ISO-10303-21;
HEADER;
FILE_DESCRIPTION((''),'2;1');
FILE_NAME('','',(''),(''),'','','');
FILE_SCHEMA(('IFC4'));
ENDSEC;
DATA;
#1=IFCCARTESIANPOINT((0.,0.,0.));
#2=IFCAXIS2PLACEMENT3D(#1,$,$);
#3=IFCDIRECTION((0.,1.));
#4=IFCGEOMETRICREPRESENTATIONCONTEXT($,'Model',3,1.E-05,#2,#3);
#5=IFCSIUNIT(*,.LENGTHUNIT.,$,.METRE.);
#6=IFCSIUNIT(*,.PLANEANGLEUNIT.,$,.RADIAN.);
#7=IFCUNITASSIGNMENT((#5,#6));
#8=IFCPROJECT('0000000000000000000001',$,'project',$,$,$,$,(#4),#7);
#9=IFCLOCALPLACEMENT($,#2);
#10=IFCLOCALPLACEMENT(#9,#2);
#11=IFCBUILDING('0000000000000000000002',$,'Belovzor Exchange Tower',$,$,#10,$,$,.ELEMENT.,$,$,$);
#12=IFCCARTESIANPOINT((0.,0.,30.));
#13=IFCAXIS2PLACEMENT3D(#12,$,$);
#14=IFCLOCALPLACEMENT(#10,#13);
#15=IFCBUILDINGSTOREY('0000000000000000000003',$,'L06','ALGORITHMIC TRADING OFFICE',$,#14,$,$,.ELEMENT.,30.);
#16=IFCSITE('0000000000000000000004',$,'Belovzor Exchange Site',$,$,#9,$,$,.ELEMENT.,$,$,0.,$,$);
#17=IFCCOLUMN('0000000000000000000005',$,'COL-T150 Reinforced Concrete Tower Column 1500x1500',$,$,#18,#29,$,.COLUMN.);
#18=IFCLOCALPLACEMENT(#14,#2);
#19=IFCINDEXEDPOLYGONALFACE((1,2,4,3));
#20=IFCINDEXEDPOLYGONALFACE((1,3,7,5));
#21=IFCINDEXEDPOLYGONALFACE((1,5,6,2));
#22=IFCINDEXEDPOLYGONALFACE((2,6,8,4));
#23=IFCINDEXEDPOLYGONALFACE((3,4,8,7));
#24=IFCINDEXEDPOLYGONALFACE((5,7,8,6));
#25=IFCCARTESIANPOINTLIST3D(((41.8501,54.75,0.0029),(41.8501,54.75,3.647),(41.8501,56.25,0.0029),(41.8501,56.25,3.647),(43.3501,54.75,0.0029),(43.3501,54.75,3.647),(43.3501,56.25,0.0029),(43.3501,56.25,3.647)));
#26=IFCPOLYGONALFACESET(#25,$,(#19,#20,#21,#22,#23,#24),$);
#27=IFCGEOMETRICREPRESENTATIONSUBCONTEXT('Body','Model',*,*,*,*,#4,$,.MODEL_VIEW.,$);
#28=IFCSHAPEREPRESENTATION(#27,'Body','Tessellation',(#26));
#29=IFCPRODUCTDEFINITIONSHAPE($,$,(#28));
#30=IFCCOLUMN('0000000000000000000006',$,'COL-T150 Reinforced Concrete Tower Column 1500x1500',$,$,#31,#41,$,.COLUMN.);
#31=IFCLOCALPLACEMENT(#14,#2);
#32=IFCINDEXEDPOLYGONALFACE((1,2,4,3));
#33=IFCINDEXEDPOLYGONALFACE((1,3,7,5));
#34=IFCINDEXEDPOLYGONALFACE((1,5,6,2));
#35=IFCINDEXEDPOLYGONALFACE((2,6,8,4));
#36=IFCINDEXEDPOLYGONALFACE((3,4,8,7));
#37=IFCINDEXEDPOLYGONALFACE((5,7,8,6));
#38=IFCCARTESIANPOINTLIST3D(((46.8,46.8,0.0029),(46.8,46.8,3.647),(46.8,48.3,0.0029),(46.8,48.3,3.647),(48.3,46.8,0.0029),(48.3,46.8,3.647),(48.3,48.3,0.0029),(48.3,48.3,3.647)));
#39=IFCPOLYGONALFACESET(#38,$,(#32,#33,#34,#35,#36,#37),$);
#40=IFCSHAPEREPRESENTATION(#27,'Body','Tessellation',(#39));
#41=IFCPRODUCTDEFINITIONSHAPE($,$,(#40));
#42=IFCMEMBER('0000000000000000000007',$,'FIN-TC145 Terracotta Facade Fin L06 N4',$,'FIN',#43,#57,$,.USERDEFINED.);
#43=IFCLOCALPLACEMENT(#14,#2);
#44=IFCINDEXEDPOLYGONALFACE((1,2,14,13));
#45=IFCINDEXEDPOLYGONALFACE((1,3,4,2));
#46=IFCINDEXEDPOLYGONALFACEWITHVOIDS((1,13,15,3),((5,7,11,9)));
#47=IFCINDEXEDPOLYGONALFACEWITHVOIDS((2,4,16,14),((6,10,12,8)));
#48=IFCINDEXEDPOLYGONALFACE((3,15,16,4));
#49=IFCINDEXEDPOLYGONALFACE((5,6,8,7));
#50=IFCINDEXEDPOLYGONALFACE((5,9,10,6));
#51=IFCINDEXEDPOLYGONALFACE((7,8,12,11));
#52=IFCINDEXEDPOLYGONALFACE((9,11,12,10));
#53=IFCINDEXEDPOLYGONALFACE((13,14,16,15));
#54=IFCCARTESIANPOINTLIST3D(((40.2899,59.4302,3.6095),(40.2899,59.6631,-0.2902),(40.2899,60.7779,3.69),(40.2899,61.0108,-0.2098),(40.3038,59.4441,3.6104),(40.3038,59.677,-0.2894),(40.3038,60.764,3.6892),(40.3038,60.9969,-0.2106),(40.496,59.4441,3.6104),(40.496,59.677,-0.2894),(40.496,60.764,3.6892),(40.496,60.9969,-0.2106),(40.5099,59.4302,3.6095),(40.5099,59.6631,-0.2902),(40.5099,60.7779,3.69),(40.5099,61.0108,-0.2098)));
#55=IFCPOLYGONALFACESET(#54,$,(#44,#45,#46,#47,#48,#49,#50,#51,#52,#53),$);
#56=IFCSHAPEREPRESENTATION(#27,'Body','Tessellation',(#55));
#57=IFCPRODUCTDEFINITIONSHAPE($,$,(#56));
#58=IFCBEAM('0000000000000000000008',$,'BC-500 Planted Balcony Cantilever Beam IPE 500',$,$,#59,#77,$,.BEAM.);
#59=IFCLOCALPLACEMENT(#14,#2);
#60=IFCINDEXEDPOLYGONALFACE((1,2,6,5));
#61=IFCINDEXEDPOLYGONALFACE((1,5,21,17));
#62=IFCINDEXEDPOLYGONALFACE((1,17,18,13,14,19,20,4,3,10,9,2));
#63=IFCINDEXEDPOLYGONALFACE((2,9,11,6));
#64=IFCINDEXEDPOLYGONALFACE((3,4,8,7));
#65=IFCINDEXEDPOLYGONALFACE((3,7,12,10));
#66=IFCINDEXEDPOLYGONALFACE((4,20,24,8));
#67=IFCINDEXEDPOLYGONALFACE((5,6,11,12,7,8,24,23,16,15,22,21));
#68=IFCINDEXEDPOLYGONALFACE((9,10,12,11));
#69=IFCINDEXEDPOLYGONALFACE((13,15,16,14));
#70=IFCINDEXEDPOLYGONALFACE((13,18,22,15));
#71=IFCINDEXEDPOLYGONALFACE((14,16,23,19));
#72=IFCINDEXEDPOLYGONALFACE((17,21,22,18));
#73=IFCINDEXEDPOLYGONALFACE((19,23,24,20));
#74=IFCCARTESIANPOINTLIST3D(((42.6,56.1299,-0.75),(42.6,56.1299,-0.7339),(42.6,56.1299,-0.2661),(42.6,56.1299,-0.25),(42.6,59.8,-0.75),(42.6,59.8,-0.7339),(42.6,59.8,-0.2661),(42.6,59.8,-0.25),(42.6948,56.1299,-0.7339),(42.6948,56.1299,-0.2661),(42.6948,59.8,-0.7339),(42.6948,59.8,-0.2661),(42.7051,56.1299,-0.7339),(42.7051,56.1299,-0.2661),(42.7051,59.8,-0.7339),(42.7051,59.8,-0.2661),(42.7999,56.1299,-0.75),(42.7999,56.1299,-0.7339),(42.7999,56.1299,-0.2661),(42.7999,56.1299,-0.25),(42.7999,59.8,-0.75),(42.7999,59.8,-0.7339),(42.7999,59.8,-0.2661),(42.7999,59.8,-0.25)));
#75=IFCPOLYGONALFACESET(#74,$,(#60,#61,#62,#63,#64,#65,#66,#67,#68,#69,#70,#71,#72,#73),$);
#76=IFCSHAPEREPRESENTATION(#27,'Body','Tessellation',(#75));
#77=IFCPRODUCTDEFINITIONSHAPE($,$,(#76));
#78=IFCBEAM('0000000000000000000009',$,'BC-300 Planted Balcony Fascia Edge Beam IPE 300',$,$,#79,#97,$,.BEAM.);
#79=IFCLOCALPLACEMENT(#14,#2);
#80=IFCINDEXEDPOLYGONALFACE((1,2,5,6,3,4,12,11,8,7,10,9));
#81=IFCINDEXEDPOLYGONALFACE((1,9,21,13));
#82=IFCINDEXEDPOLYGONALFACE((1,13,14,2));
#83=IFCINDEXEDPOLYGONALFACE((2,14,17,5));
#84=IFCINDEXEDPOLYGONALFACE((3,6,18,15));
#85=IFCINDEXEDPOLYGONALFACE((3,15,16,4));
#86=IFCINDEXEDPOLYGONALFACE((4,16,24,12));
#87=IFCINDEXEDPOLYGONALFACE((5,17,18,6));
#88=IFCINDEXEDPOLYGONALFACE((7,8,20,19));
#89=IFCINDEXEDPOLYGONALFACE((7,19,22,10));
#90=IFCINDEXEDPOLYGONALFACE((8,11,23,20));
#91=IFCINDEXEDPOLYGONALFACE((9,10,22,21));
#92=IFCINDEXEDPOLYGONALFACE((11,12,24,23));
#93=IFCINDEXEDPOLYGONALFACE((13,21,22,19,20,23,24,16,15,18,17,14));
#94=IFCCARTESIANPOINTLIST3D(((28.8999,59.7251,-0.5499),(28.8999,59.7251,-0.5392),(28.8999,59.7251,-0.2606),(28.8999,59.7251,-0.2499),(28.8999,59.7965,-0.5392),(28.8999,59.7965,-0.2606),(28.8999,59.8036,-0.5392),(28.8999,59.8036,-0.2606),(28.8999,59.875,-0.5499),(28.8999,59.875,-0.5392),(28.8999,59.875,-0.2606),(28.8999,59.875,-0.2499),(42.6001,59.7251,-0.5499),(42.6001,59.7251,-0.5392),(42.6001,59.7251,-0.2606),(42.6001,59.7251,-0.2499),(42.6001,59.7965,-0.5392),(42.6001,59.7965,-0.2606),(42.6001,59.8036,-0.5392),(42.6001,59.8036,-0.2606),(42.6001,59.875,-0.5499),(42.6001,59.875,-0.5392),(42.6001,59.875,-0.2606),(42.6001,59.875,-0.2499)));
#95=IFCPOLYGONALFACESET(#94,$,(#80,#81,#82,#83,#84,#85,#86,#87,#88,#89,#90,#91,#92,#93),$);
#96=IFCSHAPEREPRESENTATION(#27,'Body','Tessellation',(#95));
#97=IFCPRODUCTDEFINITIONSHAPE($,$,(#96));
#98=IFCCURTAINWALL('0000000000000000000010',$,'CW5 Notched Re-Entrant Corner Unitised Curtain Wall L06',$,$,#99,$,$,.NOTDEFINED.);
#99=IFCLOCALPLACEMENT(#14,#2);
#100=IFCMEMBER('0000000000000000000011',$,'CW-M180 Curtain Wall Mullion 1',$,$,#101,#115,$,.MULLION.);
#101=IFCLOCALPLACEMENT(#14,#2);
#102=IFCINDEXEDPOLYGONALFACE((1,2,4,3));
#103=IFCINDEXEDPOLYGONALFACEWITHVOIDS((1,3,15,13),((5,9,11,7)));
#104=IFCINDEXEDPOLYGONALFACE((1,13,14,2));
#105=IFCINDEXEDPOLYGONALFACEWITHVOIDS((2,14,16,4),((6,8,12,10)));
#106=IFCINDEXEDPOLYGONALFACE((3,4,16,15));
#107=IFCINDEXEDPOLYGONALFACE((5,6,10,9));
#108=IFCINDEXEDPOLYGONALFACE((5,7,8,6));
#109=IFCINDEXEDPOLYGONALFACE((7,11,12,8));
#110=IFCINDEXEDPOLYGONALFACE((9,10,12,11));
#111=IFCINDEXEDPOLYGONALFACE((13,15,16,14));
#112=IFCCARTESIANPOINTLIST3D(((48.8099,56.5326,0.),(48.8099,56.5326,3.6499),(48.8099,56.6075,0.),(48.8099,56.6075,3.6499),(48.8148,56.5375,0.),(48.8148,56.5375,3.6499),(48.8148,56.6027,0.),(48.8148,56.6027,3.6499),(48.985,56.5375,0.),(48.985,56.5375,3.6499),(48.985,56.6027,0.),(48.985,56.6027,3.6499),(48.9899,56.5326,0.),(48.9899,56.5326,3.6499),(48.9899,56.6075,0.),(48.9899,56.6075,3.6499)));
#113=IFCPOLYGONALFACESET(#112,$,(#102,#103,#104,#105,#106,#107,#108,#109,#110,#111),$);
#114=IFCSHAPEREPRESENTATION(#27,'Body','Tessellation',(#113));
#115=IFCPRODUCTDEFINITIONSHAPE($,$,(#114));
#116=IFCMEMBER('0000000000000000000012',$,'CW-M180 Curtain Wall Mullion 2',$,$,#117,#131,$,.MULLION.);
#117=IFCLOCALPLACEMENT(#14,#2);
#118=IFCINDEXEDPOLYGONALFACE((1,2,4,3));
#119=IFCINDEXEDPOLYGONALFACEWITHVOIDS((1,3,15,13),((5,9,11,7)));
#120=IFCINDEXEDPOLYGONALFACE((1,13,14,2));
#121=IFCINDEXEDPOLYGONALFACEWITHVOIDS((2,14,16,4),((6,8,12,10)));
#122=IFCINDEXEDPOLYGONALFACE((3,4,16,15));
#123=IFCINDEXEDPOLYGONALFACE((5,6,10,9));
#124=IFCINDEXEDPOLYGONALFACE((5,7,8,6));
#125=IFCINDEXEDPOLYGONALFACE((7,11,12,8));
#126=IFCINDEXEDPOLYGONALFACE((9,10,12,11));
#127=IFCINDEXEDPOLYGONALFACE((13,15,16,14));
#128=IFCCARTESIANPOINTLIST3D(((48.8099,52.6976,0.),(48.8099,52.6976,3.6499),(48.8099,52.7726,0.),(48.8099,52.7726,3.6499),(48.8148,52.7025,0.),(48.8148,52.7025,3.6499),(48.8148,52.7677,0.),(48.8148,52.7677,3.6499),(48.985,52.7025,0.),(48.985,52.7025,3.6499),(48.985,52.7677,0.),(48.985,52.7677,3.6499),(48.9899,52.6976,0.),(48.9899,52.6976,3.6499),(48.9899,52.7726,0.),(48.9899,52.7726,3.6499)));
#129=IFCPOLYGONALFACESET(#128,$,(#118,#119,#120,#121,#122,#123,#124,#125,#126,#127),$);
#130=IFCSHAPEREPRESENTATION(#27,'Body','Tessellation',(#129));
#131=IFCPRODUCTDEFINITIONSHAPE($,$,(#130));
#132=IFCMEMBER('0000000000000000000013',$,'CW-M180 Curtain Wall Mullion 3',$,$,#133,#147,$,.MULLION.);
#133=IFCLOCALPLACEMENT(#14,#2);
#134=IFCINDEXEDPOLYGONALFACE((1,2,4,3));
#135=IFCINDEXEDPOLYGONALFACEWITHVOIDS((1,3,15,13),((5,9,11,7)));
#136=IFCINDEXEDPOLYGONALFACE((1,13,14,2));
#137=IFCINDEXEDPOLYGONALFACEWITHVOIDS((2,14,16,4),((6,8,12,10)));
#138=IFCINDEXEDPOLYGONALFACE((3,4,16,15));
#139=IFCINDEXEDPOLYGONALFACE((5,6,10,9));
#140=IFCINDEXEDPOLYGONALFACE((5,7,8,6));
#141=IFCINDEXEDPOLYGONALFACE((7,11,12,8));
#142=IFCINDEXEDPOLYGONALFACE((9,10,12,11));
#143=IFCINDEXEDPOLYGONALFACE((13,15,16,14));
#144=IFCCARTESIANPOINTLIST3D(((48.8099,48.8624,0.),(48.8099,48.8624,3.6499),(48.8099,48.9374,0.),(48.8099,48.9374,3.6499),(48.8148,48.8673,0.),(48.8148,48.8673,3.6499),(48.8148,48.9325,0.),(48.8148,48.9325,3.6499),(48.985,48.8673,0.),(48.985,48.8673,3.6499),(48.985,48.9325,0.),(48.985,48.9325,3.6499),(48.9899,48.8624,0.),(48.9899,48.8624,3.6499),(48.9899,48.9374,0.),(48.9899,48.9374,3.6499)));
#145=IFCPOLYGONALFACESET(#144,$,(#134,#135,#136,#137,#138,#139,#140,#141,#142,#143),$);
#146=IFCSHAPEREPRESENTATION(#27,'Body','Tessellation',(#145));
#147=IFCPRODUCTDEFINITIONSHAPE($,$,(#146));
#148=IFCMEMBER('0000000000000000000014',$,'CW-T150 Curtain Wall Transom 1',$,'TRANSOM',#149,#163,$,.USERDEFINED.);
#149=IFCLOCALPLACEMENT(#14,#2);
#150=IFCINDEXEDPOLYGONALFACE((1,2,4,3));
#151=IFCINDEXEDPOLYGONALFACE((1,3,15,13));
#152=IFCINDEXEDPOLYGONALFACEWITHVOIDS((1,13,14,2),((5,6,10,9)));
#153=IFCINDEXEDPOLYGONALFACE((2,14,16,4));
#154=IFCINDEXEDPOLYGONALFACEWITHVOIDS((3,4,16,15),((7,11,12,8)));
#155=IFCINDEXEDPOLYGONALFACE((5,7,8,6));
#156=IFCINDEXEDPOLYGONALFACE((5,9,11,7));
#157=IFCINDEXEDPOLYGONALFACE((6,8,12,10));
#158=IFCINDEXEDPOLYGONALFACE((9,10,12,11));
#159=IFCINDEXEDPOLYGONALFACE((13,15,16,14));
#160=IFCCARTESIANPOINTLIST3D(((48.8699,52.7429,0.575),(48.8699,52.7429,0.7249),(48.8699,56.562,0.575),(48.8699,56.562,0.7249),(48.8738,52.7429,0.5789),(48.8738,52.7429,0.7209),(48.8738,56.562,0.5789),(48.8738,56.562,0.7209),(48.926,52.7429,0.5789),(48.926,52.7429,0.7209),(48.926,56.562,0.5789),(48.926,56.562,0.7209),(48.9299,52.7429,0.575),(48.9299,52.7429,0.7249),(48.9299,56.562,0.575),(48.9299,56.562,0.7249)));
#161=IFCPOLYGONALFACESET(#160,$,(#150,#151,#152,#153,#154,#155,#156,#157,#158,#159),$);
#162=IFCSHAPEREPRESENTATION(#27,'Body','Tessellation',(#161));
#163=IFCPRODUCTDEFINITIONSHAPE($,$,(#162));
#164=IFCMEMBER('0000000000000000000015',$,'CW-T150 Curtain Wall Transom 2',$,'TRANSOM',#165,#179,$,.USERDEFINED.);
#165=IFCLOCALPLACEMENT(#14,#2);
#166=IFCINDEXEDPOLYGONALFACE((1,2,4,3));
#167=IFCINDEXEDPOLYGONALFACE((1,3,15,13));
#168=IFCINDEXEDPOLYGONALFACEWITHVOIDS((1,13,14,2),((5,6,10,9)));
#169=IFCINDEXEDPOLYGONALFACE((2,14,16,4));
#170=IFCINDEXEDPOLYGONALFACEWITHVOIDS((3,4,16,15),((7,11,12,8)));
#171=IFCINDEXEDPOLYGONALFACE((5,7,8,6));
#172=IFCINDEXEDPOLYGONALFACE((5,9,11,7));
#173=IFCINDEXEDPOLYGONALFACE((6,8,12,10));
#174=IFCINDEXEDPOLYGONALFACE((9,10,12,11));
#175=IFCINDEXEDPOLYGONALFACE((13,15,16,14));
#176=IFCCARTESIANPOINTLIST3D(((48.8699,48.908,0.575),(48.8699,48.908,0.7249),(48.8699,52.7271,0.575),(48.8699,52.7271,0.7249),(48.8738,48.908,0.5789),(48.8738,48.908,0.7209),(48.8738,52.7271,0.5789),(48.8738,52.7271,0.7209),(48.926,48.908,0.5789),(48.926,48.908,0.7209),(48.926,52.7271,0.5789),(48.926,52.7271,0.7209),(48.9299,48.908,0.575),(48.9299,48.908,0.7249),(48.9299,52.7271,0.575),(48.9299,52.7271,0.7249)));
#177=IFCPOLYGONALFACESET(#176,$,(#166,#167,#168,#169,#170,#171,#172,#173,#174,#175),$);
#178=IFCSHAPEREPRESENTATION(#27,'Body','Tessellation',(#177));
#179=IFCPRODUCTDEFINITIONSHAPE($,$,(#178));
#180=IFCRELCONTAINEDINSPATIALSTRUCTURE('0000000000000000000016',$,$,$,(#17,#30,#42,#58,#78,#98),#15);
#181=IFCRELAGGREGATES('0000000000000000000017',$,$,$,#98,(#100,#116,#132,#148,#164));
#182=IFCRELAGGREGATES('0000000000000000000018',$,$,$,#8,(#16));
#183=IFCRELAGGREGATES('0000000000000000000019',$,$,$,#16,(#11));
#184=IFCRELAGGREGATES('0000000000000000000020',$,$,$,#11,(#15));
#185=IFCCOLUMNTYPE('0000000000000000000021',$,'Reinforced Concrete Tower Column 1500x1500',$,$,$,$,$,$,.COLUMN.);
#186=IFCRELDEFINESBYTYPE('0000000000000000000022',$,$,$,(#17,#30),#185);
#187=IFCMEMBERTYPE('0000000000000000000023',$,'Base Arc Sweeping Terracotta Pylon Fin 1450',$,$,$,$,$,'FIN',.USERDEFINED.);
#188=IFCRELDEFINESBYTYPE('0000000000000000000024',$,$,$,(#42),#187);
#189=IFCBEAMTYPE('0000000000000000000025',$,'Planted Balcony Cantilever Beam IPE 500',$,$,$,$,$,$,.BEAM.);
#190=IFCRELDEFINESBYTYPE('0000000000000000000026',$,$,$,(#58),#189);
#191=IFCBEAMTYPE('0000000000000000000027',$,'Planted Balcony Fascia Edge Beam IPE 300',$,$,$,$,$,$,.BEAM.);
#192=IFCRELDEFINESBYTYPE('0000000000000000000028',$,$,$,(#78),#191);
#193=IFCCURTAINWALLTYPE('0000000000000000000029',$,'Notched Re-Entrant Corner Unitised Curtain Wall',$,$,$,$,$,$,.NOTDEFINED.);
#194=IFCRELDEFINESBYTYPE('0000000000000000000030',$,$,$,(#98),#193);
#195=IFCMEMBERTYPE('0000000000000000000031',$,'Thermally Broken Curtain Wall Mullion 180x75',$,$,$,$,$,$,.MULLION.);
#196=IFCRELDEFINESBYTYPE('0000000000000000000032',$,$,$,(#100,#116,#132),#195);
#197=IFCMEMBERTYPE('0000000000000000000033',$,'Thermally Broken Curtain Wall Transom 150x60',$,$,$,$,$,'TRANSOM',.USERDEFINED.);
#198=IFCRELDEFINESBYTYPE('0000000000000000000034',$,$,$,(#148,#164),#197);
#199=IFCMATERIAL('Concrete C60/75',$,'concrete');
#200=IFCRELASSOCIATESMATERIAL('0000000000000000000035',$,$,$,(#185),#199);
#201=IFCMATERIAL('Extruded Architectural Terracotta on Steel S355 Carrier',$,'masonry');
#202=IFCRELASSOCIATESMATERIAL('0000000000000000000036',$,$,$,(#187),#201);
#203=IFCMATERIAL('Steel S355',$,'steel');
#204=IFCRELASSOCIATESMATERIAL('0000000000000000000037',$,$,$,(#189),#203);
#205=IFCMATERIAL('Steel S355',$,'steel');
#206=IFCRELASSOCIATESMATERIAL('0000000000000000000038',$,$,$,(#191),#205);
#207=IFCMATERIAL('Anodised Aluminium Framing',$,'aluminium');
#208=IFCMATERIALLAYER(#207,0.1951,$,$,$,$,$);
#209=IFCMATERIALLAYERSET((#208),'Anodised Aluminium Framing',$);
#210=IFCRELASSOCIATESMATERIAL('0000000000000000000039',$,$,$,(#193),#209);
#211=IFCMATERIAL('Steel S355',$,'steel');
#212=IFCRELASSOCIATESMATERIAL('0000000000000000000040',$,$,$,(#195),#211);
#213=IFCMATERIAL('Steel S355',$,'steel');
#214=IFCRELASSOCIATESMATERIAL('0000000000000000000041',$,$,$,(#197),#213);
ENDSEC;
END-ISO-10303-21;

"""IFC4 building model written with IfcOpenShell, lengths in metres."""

from ifc_helpers import new_model, si_unit, direction, frame, origin, origin_2d, place, context, subcontext, project, spatial, rectangle, hollow_rectangle, i_section, extrude, material, layer, layer_set, material_profile, profile_set, type_object, element, aggregate, save


model = new_model("IFC4")

# Units and contexts
model_context = context("Model", 3, precision=1e-05, world=origin(), true_north=direction((0.0, 1.0)))
body_context = subcontext(model_context, "Body", "Model", "MODEL_VIEW")
ifc_project = project(units=[si_unit("LENGTHUNIT", "METRE"), si_unit("PLANEANGLEUNIT", "RADIAN")], contexts=[model_context])

# Site, building, storey
site_placement = place(None, origin())
site = spatial("IfcSite", under=ifc_project, at=site_placement, Name="Belovzor Exchange Site", CompositionType="ELEMENT", RefElevation=0.0)
building_placement = place(site_placement, origin())
building = spatial("IfcBuilding", under=site, at=building_placement, Name="Belovzor Exchange Tower", CompositionType="ELEMENT")
storey_placement = place(building_placement, frame((0.0, 0.0, 30.0)))
storey = spatial("IfcBuildingStorey", under=building, at=storey_placement, Name="L06", Description="ALGORITHMIC TRADING OFFICE", CompositionType="ELEMENT", Elevation=30.0)

# Columns
ifc_material_1 = material(Name="Concrete C60/75", Category="concrete")
ifc_material_profile_1 = material_profile(ifc_material_1, rectangle(XDim=1.5, YDim=1.5, at=origin_2d()))
ifc_profile_set_1 = profile_set([ifc_material_profile_1], Name="Concrete C60/75")
column_type = type_object("IfcColumnType", Name="Reinforced Concrete Tower Column 1500x1500", PredefinedType="COLUMN", material=ifc_profile_set_1)
for number, where, z_axis, x_axis, name in (
    (1, (42.6001, 55.5, 0.0029), (0.0, 0.0, 1.0), (1.0, 0.0, 0.0), "COL-T150 Reinforced Concrete Tower Column 1500x1500"),
    (2, (47.55, 47.55, 0.0029), (0.0, 0.0, 1.0), (1.0, 0.0, 0.0), "COL-T150 Reinforced Concrete Tower Column 1500x1500"),
):
    element("IfcColumn", number, at=place(storey_placement, frame(where, z_axis=z_axis, x_axis=x_axis)), inside=storey, type_object=column_type, Name=name, PredefinedType="COLUMN", context=body_context, shape_type="SweptSolid", body=[
        extrude(rectangle(XDim=1.5, YDim=1.5, at=origin_2d()), origin(), (0.0, 0.0, 1.0), 3.644),
    ])

# Member
ifc_material_2 = material(Name="Extruded Architectural Terracotta on Steel S355 Carrier", Category="masonry")
ifc_material_profile_2 = material_profile(ifc_material_2, hollow_rectangle(XDim=0.22, YDim=1.3501, WallThickness=0.0139, at=origin_2d()))
ifc_profile_set_2 = profile_set([ifc_material_profile_2], Name="Extruded Architectural Terracotta on Steel S355 Carrier")
member_type_1 = type_object("IfcMemberType", Name="Base Arc Sweeping Terracotta Pylon Fin 1450", ElementType="FIN", PredefinedType="USERDEFINED", material=ifc_profile_set_2)
member_1_placement = place(storey_placement, frame((40.3999, 60.3369, -0.25), z_axis=(0.0, -0.059616, 0.998221), x_axis=(1.0, 0.0, 0.0)))
element("IfcMember", 3, at=member_1_placement, inside=storey, type_object=member_type_1, Name="FIN-TC145 Terracotta Facade Fin L06 N4", ObjectType="FIN", PredefinedType="USERDEFINED", context=body_context, shape_type="SweptSolid", body=[
    extrude(hollow_rectangle(XDim=0.22, YDim=1.3501, WallThickness=0.0139, at=origin_2d()), origin(), (0.0, 0.0, 1.0), 3.9067),
])

# Beams
ifc_material_3 = material(Name="Steel S355", Category="steel")
ifc_material_profile_3 = material_profile(ifc_material_3, i_section(OverallWidth=0.2, OverallDepth=0.5, WebThickness=0.0103, FlangeThickness=0.0161, at=origin_2d()))
ifc_profile_set_3 = profile_set([ifc_material_profile_3], Name="Steel S355")
beam_type_1 = type_object("IfcBeamType", Name="Planted Balcony Cantilever Beam IPE 500", PredefinedType="BEAM", material=ifc_profile_set_3)
beam_1_placement = place(storey_placement, frame((42.7, 56.1299, -0.5), z_axis=(0.0, 1.0, 0.0), x_axis=(-1.0, 0.0, 0.0)))
element("IfcBeam", 4, at=beam_1_placement, inside=storey, type_object=beam_type_1, Name="BC-500 Planted Balcony Cantilever Beam IPE 500", PredefinedType="BEAM", context=body_context, shape_type="SweptSolid", body=[
    extrude(i_section(OverallWidth=0.2, OverallDepth=0.5, WebThickness=0.0103, FlangeThickness=0.0161, at=origin_2d()), origin(), (0.0, 0.0, 1.0), 3.6702),
])
ifc_material_4 = material(Name="Steel S355", Category="steel")
ifc_material_profile_4 = material_profile(ifc_material_4, i_section(OverallWidth=0.1499, OverallDepth=0.3, WebThickness=0.0071, FlangeThickness=0.0107, at=origin_2d()))
ifc_profile_set_4 = profile_set([ifc_material_profile_4], Name="Steel S355")
beam_type_2 = type_object("IfcBeamType", Name="Planted Balcony Fascia Edge Beam IPE 300", PredefinedType="BEAM", material=ifc_profile_set_4)
beam_2_placement = place(storey_placement, frame((42.6001, 59.8, -0.3999), z_axis=(-1.0, 0.0, 0.0), x_axis=(0.0, -1.0, 0.0)))
element("IfcBeam", 5, at=beam_2_placement, inside=storey, type_object=beam_type_2, Name="BC-300 Planted Balcony Fascia Edge Beam IPE 300", PredefinedType="BEAM", context=body_context, shape_type="SweptSolid", body=[
    extrude(i_section(OverallWidth=0.1499, OverallDepth=0.3, WebThickness=0.0071, FlangeThickness=0.0107, at=origin_2d()), origin(), (0.0, 0.0, 1.0), 13.7002),
])

# Curtain wall, members
ifc_material_5 = material(Name="Anodised Aluminium Framing", Category="aluminium")
ifc_layer_1 = layer(ifc_material_5, 0.1951)
ifc_layer_set_1 = layer_set([ifc_layer_1], Name="Anodised Aluminium Framing")
curtain_wall_type = type_object("IfcCurtainWallType", Name="Notched Re-Entrant Corner Unitised Curtain Wall", PredefinedType="NOTDEFINED", material=ifc_layer_set_1)
curtain_wall_placement = place(storey_placement, origin())
curtain_wall = element("IfcCurtainWall", 6, at=curtain_wall_placement, inside=storey, type_object=curtain_wall_type, Name="CW5 Notched Re-Entrant Corner Unitised Curtain Wall L06", PredefinedType="NOTDEFINED")
ifc_material_6 = material(Name="Steel S355", Category="steel")
ifc_material_profile_5 = material_profile(ifc_material_6, hollow_rectangle(XDim=0.075, YDim=0.1799, WallThickness=0.0049, at=origin_2d()))
ifc_profile_set_5 = profile_set([ifc_material_profile_5], Name="Steel S355")
member_type_2 = type_object("IfcMemberType", Name="Thermally Broken Curtain Wall Mullion 180x75", PredefinedType="MULLION", material=ifc_profile_set_5)
member_2_placement = place(storey_placement, frame((48.8999, 56.5701, 0.0), z_axis=(0.0, 0.0, 1.0), x_axis=(0.0, -1.0, 0.0)))
member_2 = element("IfcMember", 7, at=member_2_placement, type_object=member_type_2, Name="CW-M180 Curtain Wall Mullion 1", PredefinedType="MULLION", context=body_context, shape_type="SweptSolid", body=[
    extrude(hollow_rectangle(XDim=0.075, YDim=0.1799, WallThickness=0.0049, at=origin_2d()), origin(), (0.0, 0.0, 1.0), 3.6499),
])
member_3_placement = place(storey_placement, frame((48.8999, 52.7351, 0.0), z_axis=(0.0, 0.0, 1.0), x_axis=(0.0, -1.0, 0.0)))
member_3 = element("IfcMember", 8, at=member_3_placement, type_object=member_type_2, Name="CW-M180 Curtain Wall Mullion 2", PredefinedType="MULLION", context=body_context, shape_type="SweptSolid", body=[
    extrude(hollow_rectangle(XDim=0.075, YDim=0.1799, WallThickness=0.0049, at=origin_2d()), origin(), (0.0, 0.0, 1.0), 3.6499),
])
member_4_placement = place(storey_placement, frame((48.8999, 48.8999, 0.0), z_axis=(0.0, 0.0, 1.0), x_axis=(0.0, -1.0, 0.0)))
member_4 = element("IfcMember", 9, at=member_4_placement, type_object=member_type_2, Name="CW-M180 Curtain Wall Mullion 3", PredefinedType="MULLION", context=body_context, shape_type="SweptSolid", body=[
    extrude(hollow_rectangle(XDim=0.075, YDim=0.1799, WallThickness=0.0049, at=origin_2d()), origin(), (0.0, 0.0, 1.0), 3.6499),
])
ifc_material_7 = material(Name="Steel S355", Category="steel")
ifc_material_profile_6 = material_profile(ifc_material_7, hollow_rectangle(XDim=0.0601, YDim=0.1499, WallThickness=0.0039, at=origin_2d()))
ifc_profile_set_6 = profile_set([ifc_material_profile_6], Name="Steel S355")
member_type_3 = type_object("IfcMemberType", Name="Thermally Broken Curtain Wall Transom 150x60", ElementType="TRANSOM", PredefinedType="USERDEFINED", material=ifc_profile_set_6)
member_5_placement = place(storey_placement, frame((48.8999, 56.562, 0.6499), z_axis=(0.0, -1.0, 0.0), x_axis=(1.0, 0.0, 0.0)))
member_5 = element("IfcMember", 10, at=member_5_placement, type_object=member_type_3, Name="CW-T150 Curtain Wall Transom 1", ObjectType="TRANSOM", PredefinedType="USERDEFINED", context=body_context, shape_type="SweptSolid", body=[
    extrude(hollow_rectangle(XDim=0.0601, YDim=0.1499, WallThickness=0.0039, at=origin_2d()), origin(), (0.0, 0.0, 1.0), 3.8191),
])
member_6_placement = place(storey_placement, frame((48.8999, 52.7271, 0.6499), z_axis=(0.0, -1.0, 0.0), x_axis=(1.0, 0.0, 0.0)))
member_6 = element("IfcMember", 11, at=member_6_placement, type_object=member_type_3, Name="CW-T150 Curtain Wall Transom 2", ObjectType="TRANSOM", PredefinedType="USERDEFINED", context=body_context, shape_type="SweptSolid", body=[
    extrude(hollow_rectangle(XDim=0.0601, YDim=0.1499, WallThickness=0.0039, at=origin_2d()), origin(), (0.0, 0.0, 1.0), 3.8191),
])

aggregate(curtain_wall, [member_2, member_3, member_4, member_5, member_6])

save(model, "model.ifc")
